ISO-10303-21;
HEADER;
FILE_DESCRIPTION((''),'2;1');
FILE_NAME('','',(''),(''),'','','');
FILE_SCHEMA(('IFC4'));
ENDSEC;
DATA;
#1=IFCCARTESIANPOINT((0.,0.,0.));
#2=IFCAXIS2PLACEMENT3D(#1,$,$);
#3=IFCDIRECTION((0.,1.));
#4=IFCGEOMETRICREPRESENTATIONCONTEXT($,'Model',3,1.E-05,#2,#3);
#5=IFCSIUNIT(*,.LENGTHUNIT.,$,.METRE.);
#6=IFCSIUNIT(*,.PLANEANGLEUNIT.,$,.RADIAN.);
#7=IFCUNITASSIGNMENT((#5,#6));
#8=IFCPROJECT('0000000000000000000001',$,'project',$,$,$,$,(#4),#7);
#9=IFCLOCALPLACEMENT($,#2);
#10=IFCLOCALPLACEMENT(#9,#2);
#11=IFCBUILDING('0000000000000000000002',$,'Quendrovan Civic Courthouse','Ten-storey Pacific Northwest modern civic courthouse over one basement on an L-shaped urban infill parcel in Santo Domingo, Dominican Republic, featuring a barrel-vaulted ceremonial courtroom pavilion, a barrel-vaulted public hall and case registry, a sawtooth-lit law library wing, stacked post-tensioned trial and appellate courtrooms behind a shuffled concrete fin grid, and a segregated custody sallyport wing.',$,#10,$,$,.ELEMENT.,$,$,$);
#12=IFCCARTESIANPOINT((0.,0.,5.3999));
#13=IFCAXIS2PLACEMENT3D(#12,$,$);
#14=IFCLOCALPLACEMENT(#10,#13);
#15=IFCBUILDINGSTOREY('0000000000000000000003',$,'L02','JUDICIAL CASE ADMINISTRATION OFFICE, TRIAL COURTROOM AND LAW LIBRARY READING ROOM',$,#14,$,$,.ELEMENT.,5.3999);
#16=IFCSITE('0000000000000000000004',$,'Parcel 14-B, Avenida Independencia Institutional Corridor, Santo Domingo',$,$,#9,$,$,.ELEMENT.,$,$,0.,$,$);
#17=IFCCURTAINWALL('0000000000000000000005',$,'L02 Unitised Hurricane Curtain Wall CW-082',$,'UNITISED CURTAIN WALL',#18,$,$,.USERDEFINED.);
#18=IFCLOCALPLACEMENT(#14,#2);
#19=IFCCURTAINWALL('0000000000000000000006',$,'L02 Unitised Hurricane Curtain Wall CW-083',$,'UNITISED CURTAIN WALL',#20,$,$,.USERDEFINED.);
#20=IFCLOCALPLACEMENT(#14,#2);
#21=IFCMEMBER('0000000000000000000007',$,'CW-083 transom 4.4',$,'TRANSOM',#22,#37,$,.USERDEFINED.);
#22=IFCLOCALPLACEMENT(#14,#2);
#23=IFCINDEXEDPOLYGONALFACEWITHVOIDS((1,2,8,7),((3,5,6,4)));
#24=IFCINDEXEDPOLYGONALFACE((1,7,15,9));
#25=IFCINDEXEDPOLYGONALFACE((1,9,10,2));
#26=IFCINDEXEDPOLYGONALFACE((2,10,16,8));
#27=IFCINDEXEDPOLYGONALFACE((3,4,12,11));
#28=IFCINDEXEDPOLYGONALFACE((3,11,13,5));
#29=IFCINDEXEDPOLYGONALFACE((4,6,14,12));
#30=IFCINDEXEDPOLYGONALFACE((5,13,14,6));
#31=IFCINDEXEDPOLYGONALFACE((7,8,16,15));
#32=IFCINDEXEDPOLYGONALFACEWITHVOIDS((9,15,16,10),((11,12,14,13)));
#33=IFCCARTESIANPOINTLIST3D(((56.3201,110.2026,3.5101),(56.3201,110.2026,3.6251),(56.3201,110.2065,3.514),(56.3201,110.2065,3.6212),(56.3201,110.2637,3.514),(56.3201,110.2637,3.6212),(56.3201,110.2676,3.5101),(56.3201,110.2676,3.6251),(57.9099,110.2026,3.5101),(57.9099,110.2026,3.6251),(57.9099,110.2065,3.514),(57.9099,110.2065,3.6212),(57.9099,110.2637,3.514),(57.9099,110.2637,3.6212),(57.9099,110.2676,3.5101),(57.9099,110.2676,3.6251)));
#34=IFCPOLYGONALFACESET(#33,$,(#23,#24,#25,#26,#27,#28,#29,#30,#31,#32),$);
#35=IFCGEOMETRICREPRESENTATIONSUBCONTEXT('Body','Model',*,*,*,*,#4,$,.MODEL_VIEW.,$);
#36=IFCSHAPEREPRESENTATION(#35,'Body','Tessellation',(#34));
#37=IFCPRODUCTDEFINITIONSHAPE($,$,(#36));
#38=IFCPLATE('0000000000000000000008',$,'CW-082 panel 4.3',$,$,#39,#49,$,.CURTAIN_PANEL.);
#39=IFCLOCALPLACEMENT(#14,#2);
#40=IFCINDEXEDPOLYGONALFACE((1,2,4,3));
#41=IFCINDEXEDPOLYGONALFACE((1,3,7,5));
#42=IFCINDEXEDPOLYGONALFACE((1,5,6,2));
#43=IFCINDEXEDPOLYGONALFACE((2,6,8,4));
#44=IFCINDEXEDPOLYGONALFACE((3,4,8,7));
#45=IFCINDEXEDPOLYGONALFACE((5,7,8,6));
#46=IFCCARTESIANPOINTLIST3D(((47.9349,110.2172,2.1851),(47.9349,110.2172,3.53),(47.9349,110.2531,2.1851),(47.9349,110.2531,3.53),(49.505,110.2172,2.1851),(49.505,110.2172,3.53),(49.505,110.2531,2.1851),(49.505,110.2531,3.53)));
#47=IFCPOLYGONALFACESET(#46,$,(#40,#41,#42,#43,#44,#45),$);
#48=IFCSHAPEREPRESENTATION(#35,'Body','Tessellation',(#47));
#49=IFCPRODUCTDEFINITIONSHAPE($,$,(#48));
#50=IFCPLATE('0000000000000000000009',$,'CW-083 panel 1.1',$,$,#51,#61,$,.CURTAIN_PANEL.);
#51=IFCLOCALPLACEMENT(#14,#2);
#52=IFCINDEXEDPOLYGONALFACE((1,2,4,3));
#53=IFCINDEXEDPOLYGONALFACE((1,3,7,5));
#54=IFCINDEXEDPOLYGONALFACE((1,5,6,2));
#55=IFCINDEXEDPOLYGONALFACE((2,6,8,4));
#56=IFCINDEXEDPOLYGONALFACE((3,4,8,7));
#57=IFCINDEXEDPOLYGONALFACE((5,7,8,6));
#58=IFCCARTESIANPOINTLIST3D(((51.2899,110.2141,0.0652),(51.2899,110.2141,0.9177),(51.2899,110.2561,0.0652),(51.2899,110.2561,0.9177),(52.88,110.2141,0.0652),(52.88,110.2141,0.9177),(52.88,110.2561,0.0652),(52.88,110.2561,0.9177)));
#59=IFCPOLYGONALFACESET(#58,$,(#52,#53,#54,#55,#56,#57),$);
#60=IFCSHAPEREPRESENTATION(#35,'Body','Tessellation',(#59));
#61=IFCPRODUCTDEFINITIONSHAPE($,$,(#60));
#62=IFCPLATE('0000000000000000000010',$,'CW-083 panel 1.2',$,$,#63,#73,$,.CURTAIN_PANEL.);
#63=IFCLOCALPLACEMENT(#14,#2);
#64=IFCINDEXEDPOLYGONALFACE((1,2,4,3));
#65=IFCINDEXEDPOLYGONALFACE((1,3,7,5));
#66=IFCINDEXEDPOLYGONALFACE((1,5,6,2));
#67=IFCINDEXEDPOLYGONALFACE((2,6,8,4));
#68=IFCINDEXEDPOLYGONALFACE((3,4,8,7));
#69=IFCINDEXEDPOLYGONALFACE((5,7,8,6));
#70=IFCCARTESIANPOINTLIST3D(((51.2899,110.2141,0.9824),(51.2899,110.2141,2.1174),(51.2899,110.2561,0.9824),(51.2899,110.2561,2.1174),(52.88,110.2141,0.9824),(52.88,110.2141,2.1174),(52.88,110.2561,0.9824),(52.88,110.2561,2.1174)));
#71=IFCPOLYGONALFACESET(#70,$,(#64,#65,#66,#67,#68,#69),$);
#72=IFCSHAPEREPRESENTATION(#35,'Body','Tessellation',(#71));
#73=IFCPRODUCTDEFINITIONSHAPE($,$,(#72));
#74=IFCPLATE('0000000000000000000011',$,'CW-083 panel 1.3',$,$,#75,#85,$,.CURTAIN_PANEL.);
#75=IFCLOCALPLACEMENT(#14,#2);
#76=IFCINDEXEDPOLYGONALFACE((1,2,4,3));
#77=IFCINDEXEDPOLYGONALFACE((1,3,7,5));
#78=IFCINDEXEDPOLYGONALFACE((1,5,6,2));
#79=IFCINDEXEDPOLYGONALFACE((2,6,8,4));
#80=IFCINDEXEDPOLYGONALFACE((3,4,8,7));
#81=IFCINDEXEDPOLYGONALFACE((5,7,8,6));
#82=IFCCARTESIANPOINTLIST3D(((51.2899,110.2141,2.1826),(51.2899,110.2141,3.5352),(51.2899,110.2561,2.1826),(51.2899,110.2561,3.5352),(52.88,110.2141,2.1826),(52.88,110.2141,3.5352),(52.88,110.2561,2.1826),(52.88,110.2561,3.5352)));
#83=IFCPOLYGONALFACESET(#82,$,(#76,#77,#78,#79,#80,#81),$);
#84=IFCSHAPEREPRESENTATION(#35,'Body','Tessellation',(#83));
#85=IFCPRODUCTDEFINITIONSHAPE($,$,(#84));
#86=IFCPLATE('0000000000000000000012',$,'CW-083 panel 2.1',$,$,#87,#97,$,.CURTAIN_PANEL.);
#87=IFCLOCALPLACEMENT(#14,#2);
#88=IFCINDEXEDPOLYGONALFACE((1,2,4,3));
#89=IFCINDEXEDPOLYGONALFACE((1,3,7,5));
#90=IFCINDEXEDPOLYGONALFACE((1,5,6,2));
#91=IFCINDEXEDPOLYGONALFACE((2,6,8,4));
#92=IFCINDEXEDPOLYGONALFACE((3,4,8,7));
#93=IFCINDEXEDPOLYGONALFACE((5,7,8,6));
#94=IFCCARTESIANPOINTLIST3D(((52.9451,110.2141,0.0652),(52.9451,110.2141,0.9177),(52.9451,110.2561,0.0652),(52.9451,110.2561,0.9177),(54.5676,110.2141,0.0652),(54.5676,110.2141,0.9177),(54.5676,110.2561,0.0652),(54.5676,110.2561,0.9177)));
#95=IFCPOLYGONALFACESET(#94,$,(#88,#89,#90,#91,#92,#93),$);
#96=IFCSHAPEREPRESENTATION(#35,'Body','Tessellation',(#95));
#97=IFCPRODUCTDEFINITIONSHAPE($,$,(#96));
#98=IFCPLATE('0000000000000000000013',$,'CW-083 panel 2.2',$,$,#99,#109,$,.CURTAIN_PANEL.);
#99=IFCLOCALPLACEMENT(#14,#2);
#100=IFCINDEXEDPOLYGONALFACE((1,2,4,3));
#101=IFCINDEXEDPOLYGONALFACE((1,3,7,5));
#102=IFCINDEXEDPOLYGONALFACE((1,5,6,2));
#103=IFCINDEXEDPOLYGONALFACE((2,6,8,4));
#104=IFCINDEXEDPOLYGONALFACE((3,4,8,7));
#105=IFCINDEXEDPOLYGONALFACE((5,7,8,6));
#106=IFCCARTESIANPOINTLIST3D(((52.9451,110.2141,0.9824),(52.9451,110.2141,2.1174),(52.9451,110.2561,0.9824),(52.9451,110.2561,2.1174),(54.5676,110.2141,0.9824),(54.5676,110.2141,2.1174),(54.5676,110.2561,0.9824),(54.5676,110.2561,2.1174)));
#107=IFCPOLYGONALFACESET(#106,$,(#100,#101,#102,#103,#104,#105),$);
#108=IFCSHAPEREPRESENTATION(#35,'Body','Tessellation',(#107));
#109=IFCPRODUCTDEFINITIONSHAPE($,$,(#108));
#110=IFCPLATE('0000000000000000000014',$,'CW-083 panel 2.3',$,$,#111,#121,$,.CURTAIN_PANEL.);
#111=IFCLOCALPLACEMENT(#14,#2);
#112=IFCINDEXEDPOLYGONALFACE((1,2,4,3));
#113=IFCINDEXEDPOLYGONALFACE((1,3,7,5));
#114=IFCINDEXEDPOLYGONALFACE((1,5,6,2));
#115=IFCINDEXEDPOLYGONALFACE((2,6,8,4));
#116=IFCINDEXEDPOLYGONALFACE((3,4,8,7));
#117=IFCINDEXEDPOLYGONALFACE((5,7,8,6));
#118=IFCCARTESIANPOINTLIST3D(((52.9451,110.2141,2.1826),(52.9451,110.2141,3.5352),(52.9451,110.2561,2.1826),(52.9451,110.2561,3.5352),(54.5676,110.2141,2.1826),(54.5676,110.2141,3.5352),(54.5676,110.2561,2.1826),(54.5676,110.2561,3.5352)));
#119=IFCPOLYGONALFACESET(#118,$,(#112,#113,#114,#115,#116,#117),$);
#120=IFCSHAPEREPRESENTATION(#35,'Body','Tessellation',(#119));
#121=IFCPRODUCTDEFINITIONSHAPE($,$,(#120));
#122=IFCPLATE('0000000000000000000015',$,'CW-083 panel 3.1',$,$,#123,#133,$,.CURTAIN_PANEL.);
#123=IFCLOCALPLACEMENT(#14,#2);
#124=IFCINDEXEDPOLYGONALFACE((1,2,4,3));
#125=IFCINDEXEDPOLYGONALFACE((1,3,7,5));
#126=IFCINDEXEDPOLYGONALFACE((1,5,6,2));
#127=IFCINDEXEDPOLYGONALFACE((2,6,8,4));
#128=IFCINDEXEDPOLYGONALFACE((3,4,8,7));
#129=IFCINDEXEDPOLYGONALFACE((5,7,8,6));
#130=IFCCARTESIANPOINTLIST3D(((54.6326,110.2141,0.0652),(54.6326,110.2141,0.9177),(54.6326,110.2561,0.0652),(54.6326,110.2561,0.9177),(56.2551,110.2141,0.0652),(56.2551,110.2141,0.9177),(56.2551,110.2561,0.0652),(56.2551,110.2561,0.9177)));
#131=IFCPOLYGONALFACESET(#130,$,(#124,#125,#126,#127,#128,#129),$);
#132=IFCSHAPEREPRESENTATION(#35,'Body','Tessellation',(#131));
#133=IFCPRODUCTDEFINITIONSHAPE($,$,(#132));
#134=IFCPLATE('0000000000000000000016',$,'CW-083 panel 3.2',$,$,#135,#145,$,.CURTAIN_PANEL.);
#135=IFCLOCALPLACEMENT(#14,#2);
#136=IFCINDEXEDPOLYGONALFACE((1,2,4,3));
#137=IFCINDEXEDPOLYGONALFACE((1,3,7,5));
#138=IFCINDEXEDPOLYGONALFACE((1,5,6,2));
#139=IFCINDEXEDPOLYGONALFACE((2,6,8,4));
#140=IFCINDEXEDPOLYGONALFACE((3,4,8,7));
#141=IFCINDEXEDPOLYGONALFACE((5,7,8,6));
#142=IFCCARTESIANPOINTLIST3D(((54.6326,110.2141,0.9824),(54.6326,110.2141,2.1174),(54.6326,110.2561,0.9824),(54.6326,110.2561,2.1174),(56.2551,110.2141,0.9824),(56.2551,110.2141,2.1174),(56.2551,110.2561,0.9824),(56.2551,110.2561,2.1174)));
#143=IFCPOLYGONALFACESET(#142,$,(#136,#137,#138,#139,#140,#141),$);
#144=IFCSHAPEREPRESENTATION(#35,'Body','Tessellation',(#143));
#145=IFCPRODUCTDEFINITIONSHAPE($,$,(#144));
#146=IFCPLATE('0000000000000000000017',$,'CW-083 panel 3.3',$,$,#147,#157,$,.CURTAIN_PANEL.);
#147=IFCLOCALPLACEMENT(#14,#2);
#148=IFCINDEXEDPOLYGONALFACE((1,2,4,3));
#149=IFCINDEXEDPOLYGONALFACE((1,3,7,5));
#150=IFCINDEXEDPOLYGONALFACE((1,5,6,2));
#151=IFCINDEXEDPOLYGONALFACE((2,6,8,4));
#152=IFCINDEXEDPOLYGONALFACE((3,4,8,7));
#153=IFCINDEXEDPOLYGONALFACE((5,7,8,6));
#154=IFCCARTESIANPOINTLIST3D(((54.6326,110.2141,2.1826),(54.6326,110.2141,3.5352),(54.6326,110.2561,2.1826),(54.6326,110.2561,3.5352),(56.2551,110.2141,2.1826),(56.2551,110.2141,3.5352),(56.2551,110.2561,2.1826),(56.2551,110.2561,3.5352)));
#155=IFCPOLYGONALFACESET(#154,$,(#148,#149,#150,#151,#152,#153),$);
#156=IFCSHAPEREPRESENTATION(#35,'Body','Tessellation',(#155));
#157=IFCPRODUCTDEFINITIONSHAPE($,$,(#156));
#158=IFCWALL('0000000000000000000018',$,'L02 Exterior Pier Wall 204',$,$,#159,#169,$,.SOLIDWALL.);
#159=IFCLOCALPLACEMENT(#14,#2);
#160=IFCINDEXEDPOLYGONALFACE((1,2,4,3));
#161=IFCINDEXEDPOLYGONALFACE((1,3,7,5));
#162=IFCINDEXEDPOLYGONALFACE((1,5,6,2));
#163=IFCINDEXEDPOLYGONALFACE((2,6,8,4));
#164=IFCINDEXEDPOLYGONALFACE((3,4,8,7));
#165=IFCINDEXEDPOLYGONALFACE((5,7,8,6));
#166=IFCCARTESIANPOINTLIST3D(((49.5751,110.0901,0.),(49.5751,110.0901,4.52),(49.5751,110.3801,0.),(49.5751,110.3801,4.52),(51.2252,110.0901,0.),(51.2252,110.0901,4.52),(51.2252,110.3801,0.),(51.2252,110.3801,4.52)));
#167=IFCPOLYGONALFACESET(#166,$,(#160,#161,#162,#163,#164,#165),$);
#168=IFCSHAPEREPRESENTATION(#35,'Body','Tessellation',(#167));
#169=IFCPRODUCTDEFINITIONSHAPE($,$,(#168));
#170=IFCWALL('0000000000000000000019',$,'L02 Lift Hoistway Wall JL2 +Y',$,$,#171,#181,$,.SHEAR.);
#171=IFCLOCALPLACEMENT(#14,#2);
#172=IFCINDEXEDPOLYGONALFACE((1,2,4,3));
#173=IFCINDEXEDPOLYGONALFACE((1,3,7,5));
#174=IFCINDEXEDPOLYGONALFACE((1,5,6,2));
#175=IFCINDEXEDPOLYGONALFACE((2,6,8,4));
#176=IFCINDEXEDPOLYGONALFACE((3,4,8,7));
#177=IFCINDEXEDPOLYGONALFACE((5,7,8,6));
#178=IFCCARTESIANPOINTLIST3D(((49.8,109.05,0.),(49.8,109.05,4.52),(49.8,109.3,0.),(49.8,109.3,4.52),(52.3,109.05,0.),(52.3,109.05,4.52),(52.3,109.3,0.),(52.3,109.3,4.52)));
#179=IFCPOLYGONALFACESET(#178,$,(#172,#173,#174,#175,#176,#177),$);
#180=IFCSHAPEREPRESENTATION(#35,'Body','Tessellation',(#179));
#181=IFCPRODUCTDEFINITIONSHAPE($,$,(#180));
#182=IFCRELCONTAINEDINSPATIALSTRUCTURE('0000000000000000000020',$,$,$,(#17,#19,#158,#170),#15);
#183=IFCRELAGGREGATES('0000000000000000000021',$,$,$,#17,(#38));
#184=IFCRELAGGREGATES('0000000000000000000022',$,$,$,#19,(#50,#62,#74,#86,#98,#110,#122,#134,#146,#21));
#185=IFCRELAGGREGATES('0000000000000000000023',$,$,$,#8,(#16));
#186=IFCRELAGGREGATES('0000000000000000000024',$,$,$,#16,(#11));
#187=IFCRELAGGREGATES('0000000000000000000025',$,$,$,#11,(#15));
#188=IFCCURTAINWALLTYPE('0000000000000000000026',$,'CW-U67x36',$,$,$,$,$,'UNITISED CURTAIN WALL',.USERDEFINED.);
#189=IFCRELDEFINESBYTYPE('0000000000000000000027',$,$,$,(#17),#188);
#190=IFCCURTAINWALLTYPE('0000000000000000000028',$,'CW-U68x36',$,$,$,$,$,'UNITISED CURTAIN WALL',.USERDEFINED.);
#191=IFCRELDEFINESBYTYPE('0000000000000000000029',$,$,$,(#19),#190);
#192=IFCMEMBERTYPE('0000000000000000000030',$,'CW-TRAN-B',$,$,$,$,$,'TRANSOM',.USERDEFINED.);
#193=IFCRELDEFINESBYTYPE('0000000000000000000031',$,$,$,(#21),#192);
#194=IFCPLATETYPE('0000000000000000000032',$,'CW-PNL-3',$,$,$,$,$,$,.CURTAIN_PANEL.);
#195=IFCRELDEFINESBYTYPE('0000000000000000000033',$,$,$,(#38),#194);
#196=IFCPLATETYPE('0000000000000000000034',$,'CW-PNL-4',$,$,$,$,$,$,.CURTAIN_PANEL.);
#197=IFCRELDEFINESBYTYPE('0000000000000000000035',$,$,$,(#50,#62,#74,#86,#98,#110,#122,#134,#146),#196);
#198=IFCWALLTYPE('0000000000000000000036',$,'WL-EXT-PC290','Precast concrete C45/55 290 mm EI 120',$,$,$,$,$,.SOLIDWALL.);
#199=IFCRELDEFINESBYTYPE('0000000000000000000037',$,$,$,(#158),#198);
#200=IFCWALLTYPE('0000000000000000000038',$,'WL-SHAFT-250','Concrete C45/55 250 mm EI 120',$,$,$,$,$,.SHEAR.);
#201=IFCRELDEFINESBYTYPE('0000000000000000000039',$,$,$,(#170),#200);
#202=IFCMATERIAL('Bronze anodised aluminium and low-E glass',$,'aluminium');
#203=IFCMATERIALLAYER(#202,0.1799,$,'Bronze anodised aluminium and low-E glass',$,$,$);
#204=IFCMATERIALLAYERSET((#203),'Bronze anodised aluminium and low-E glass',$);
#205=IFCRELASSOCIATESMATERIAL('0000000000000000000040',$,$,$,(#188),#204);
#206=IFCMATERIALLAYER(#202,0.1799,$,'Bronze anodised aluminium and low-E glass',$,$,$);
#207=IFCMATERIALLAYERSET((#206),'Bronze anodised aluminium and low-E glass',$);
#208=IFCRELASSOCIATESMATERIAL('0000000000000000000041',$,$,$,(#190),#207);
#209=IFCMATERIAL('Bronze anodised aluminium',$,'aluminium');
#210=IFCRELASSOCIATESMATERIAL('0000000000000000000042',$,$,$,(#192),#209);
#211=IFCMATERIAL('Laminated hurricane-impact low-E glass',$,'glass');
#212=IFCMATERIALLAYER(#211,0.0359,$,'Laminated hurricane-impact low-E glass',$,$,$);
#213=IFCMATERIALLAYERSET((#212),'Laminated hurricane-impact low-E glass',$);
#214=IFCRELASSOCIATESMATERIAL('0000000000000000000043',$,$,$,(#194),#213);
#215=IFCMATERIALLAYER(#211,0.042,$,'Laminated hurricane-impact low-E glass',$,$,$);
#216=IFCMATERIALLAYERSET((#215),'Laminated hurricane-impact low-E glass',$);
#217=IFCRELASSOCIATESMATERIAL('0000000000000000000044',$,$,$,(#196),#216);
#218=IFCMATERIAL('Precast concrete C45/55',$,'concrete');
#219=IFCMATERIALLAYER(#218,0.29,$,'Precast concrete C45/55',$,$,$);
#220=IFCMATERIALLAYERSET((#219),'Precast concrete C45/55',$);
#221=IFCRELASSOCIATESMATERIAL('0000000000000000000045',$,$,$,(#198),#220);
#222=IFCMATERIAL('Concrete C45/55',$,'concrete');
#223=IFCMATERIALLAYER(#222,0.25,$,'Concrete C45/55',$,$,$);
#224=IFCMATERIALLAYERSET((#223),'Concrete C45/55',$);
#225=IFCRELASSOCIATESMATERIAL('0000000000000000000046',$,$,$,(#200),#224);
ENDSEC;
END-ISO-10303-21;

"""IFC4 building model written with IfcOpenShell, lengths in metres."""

from ifc_helpers import new_model, si_unit, direction, frame, frame_2d, origin, origin_2d, place, context, subcontext, project, spatial, rectangle, hollow_rectangle, extrude, material, layer, layer_set, material_profile, profile_set, type_object, element, aggregate, save


model = new_model("IFC4")

# Units and contexts
model_context = context("Model", 3, precision=1e-05, world=origin(), true_north=direction((0.0, 1.0)))
body_context = subcontext(model_context, "Body", "Model", "MODEL_VIEW")
ifc_project = project(units=[si_unit("LENGTHUNIT", "METRE"), si_unit("PLANEANGLEUNIT", "RADIAN")], contexts=[model_context])

# Site, building, storey
site_placement = place(None, origin())
site = spatial("IfcSite", under=ifc_project, at=site_placement, Name="Parcel 14-B, Avenida Independencia Institutional Corridor, Santo Domingo", CompositionType="ELEMENT", RefElevation=0.0)
building_placement = place(site_placement, origin())
building = spatial("IfcBuilding", under=site, at=building_placement, Name="Quendrovan Civic Courthouse", Description="Ten-storey Pacific Northwest modern civic courthouse over one basement on an L-shaped urban infill parcel in Santo Domingo, Dominican Republic, featuring a barrel-vaulted ceremonial courtroom pavilion, a barrel-vaulted public hall and case registry, a sawtooth-lit law library wing, stacked post-tensioned trial and appellate courtrooms behind a shuffled concrete fin grid, and a segregated custody sallyport wing.", CompositionType="ELEMENT")
storey_placement = place(building_placement, frame((0.0, 0.0, 5.3999)))
storey = spatial("IfcBuildingStorey", under=building, at=storey_placement, Name="L02", Description="JUDICIAL CASE ADMINISTRATION OFFICE, TRIAL COURTROOM AND LAW LIBRARY READING ROOM", CompositionType="ELEMENT", Elevation=5.3999)

# Shared definitions
ifc_material_1 = material(Name="Concrete C45/55", Category="concrete")

# Curtain wall
ifc_material_2 = material(Name="Bronze anodised aluminium and low-E glass", Category="aluminium")
ifc_layer_1 = layer(ifc_material_2, 0.1799, Name="Bronze anodised aluminium and low-E glass")
ifc_layer_set_1 = layer_set([ifc_layer_1], Name="Bronze anodised aluminium and low-E glass")
curtain_wall_type_1 = type_object("IfcCurtainWallType", Name="CW-U67x36", ElementType="UNITISED CURTAIN WALL", PredefinedType="USERDEFINED", material=ifc_layer_set_1)
curtain_wall_1_placement = place(storey_placement, origin())
curtain_wall_1 = element("IfcCurtainWall", 1, at=curtain_wall_1_placement, inside=storey, type_object=curtain_wall_type_1, Name="L02 Unitised Hurricane Curtain Wall CW-082", ObjectType="UNITISED CURTAIN WALL", PredefinedType="USERDEFINED")
ifc_material_3 = material(Name="Bronze anodised aluminium", Category="aluminium")

# Curtain wall, member
ifc_layer_2 = layer(ifc_material_2, 0.1799, Name="Bronze anodised aluminium and low-E glass")
ifc_layer_set_2 = layer_set([ifc_layer_2], Name="Bronze anodised aluminium and low-E glass")
curtain_wall_type_2 = type_object("IfcCurtainWallType", Name="CW-U68x36", ElementType="UNITISED CURTAIN WALL", PredefinedType="USERDEFINED", material=ifc_layer_set_2)
curtain_wall_2_placement = place(storey_placement, origin())
curtain_wall_2 = element("IfcCurtainWall", 2, at=curtain_wall_2_placement, inside=storey, type_object=curtain_wall_type_2, Name="L02 Unitised Hurricane Curtain Wall CW-083", ObjectType="UNITISED CURTAIN WALL", PredefinedType="USERDEFINED")
ifc_material_profile_1 = material_profile(ifc_material_3, hollow_rectangle(XDim=0.0649, YDim=0.115, WallThickness=0.0039, at=origin_2d()), Name="CW-TRAN-65x115")
ifc_profile_set_1 = profile_set([ifc_material_profile_1], Name="Bronze anodised aluminium")
member_type_1 = type_object("IfcMemberType", Name="CW-TRAN-B", ElementType="TRANSOM", PredefinedType="USERDEFINED", material=ifc_profile_set_1)
member_1_placement = place(storey_placement, frame((56.3201, 110.2351, 3.5676), z_axis=(1.0, 0.0, 0.0), x_axis=(0.0, 1.0, 0.0)))
member_1 = element("IfcMember", 3, at=member_1_placement, type_object=member_type_1, Name="CW-083 transom 4.4", ObjectType="TRANSOM", PredefinedType="USERDEFINED", context=body_context, shape_type="SweptSolid", body=[
    extrude(hollow_rectangle(XDim=0.0649, YDim=0.115, WallThickness=0.0039, at=origin_2d()), origin(), (0.0, 0.0, 1.0), 1.5898),
])

# Plates
ifc_material_4 = material(Name="Laminated hurricane-impact low-E glass", Category="glass")
ifc_layer_3 = layer(ifc_material_4, 0.0359, Name="Laminated hurricane-impact low-E glass")
ifc_layer_set_3 = layer_set([ifc_layer_3], Name="Laminated hurricane-impact low-E glass")
plate_type_1 = type_object("IfcPlateType", Name="CW-PNL-3", PredefinedType="CURTAIN_PANEL", material=ifc_layer_set_3)
plate_1_placement = place(storey_placement, frame((48.72, 110.2351, 2.1851), z_axis=(0.0, 0.0, 1.0), x_axis=(1.0, 0.0, 0.0)))
plate_1 = element("IfcPlate", 4, at=plate_1_placement, type_object=plate_type_1, Name="CW-082 panel 4.3", PredefinedType="CURTAIN_PANEL", context=body_context, shape_type="SweptSolid", body=[
    extrude(rectangle(XDim=1.5701, YDim=0.0359, at=origin_2d()), origin(), (0.0, 0.0, 1.0), 1.345),
])
aggregate(curtain_wall_1, [plate_1])
ifc_layer_4 = layer(ifc_material_4, 0.042, Name="Laminated hurricane-impact low-E glass")
ifc_layer_set_4 = layer_set([ifc_layer_4], Name="Laminated hurricane-impact low-E glass")
plate_type_2 = type_object("IfcPlateType", Name="CW-PNL-4", PredefinedType="CURTAIN_PANEL", material=ifc_layer_set_4)
plate_2_placement = place(storey_placement, frame((52.085, 110.2351, 0.0652), z_axis=(0.0, 0.0, 1.0), x_axis=(1.0, 0.0, 0.0)))
plate_2 = element("IfcPlate", 5, at=plate_2_placement, type_object=plate_type_2, Name="CW-083 panel 1.1", PredefinedType="CURTAIN_PANEL", context=body_context, shape_type="SweptSolid", body=[
    extrude(rectangle(XDim=1.5901, YDim=0.042, at=origin_2d()), origin(), (0.0, 0.0, 1.0), 0.8525),
])
plate_3_placement = place(storey_placement, frame((52.085, 110.2351, 0.9824), z_axis=(0.0, 0.0, 1.0), x_axis=(1.0, 0.0, 0.0)))
plate_3 = element("IfcPlate", 6, at=plate_3_placement, type_object=plate_type_2, Name="CW-083 panel 1.2", PredefinedType="CURTAIN_PANEL", context=body_context, shape_type="SweptSolid", body=[
    extrude(rectangle(XDim=1.5901, YDim=0.042, at=origin_2d()), origin(), (0.0, 0.0, 1.0), 1.135),
])
plate_4_placement = place(storey_placement, frame((52.085, 110.2351, 2.1826), z_axis=(0.0, 0.0, 1.0), x_axis=(1.0, 0.0, 0.0)))
plate_4 = element("IfcPlate", 7, at=plate_4_placement, type_object=plate_type_2, Name="CW-083 panel 1.3", PredefinedType="CURTAIN_PANEL", context=body_context, shape_type="SweptSolid", body=[
    extrude(rectangle(XDim=1.5901, YDim=0.042, at=origin_2d()), origin(), (0.0, 0.0, 1.0), 1.3525),
])
plate_5_placement = place(storey_placement, frame((53.7563, 110.2351, 0.0652), z_axis=(0.0, 0.0, 1.0), x_axis=(1.0, 0.0, 0.0)))
plate_5 = element("IfcPlate", 8, at=plate_5_placement, type_object=plate_type_2, Name="CW-083 panel 2.1", PredefinedType="CURTAIN_PANEL", context=body_context, shape_type="SweptSolid", body=[
    extrude(rectangle(XDim=1.6226, YDim=0.042, at=origin_2d()), origin(), (0.0, 0.0, 1.0), 0.8525),
])
plate_6_placement = place(storey_placement, frame((53.7563, 110.2351, 0.9824), z_axis=(0.0, 0.0, 1.0), x_axis=(1.0, 0.0, 0.0)))
plate_6 = element("IfcPlate", 9, at=plate_6_placement, type_object=plate_type_2, Name="CW-083 panel 2.2", PredefinedType="CURTAIN_PANEL", context=body_context, shape_type="SweptSolid", body=[
    extrude(rectangle(XDim=1.6226, YDim=0.042, at=origin_2d()), origin(), (0.0, 0.0, 1.0), 1.135),
])
plate_7_placement = place(storey_placement, frame((53.7563, 110.2351, 2.1826), z_axis=(0.0, 0.0, 1.0), x_axis=(1.0, 0.0, 0.0)))
plate_7 = element("IfcPlate", 10, at=plate_7_placement, type_object=plate_type_2, Name="CW-083 panel 2.3", PredefinedType="CURTAIN_PANEL", context=body_context, shape_type="SweptSolid", body=[
    extrude(rectangle(XDim=1.6226, YDim=0.042, at=origin_2d()), origin(), (0.0, 0.0, 1.0), 1.3525),
])
plate_8_placement = place(storey_placement, frame((55.4438, 110.2351, 0.0652), z_axis=(0.0, 0.0, 1.0), x_axis=(1.0, 0.0, 0.0)))
plate_8 = element("IfcPlate", 11, at=plate_8_placement, type_object=plate_type_2, Name="CW-083 panel 3.1", PredefinedType="CURTAIN_PANEL", context=body_context, shape_type="SweptSolid", body=[
    extrude(rectangle(XDim=1.6226, YDim=0.042, at=origin_2d()), origin(), (0.0, 0.0, 1.0), 0.8525),
])
plate_9_placement = place(storey_placement, frame((55.4438, 110.2351, 0.9824), z_axis=(0.0, 0.0, 1.0), x_axis=(1.0, 0.0, 0.0)))
plate_9 = element("IfcPlate", 12, at=plate_9_placement, type_object=plate_type_2, Name="CW-083 panel 3.2", PredefinedType="CURTAIN_PANEL", context=body_context, shape_type="SweptSolid", body=[
    extrude(rectangle(XDim=1.6226, YDim=0.042, at=origin_2d()), origin(), (0.0, 0.0, 1.0), 1.135),
])
plate_10_placement = place(storey_placement, frame((55.4438, 110.2351, 2.1826), z_axis=(0.0, 0.0, 1.0), x_axis=(1.0, 0.0, 0.0)))
plate_10 = element("IfcPlate", 13, at=plate_10_placement, type_object=plate_type_2, Name="CW-083 panel 3.3", PredefinedType="CURTAIN_PANEL", context=body_context, shape_type="SweptSolid", body=[
    extrude(rectangle(XDim=1.6226, YDim=0.042, at=origin_2d()), origin(), (0.0, 0.0, 1.0), 1.3525),
])
aggregate(curtain_wall_2, [plate_2, plate_3, plate_4, plate_5, plate_6, plate_7, plate_8, plate_9, plate_10, member_1])

# Walls
ifc_material_5 = material(Name="Precast concrete C45/55", Category="concrete")
ifc_layer_5 = layer(ifc_material_5, 0.29, Name="Precast concrete C45/55")
ifc_layer_set_5 = layer_set([ifc_layer_5], Name="Precast concrete C45/55")
wall_type_1 = type_object("IfcWallType", Name="WL-EXT-PC290", Description="Precast concrete C45/55 290 mm EI 120", PredefinedType="SOLIDWALL", material=ifc_layer_set_5)
wall_1_placement = place(storey_placement, frame((49.575, 110.2351, 0.0), z_axis=(0.0, 0.0, 1.0), x_axis=(1.0, 0.0, 0.0)))
element("IfcWall", 14, at=wall_1_placement, inside=storey, type_object=wall_type_1, Name="L02 Exterior Pier Wall 204", PredefinedType="SOLIDWALL", context=body_context, shape_type="SweptSolid", body=[
    extrude(rectangle(XDim=1.6501, YDim=0.29, at=frame_2d((0.8252, 0.0))), origin(), (0.0, 0.0, 1.0), 4.52),
])
ifc_layer_6 = layer(ifc_material_1, 0.25, Name="Concrete C45/55")
ifc_layer_set_6 = layer_set([ifc_layer_6], Name="Concrete C45/55")
wall_type_2 = type_object("IfcWallType", Name="WL-SHAFT-250", Description="Concrete C45/55 250 mm EI 120", PredefinedType="SHEAR", material=ifc_layer_set_6)
wall_2_placement = place(storey_placement, frame((52.3, 109.175, 0.0), z_axis=(0.0, 0.0, 1.0), x_axis=(-1.0, 0.0, 0.0)))
element("IfcWall", 15, at=wall_2_placement, inside=storey, type_object=wall_type_2, Name="L02 Lift Hoistway Wall JL2 +Y", PredefinedType="SHEAR", context=body_context, shape_type="SweptSolid", body=[
    extrude(rectangle(XDim=2.5, YDim=0.25, at=frame_2d((1.25, 0.0))), origin(), (0.0, 0.0, 1.0), 4.52),
])

save(model, "model.ifc")
